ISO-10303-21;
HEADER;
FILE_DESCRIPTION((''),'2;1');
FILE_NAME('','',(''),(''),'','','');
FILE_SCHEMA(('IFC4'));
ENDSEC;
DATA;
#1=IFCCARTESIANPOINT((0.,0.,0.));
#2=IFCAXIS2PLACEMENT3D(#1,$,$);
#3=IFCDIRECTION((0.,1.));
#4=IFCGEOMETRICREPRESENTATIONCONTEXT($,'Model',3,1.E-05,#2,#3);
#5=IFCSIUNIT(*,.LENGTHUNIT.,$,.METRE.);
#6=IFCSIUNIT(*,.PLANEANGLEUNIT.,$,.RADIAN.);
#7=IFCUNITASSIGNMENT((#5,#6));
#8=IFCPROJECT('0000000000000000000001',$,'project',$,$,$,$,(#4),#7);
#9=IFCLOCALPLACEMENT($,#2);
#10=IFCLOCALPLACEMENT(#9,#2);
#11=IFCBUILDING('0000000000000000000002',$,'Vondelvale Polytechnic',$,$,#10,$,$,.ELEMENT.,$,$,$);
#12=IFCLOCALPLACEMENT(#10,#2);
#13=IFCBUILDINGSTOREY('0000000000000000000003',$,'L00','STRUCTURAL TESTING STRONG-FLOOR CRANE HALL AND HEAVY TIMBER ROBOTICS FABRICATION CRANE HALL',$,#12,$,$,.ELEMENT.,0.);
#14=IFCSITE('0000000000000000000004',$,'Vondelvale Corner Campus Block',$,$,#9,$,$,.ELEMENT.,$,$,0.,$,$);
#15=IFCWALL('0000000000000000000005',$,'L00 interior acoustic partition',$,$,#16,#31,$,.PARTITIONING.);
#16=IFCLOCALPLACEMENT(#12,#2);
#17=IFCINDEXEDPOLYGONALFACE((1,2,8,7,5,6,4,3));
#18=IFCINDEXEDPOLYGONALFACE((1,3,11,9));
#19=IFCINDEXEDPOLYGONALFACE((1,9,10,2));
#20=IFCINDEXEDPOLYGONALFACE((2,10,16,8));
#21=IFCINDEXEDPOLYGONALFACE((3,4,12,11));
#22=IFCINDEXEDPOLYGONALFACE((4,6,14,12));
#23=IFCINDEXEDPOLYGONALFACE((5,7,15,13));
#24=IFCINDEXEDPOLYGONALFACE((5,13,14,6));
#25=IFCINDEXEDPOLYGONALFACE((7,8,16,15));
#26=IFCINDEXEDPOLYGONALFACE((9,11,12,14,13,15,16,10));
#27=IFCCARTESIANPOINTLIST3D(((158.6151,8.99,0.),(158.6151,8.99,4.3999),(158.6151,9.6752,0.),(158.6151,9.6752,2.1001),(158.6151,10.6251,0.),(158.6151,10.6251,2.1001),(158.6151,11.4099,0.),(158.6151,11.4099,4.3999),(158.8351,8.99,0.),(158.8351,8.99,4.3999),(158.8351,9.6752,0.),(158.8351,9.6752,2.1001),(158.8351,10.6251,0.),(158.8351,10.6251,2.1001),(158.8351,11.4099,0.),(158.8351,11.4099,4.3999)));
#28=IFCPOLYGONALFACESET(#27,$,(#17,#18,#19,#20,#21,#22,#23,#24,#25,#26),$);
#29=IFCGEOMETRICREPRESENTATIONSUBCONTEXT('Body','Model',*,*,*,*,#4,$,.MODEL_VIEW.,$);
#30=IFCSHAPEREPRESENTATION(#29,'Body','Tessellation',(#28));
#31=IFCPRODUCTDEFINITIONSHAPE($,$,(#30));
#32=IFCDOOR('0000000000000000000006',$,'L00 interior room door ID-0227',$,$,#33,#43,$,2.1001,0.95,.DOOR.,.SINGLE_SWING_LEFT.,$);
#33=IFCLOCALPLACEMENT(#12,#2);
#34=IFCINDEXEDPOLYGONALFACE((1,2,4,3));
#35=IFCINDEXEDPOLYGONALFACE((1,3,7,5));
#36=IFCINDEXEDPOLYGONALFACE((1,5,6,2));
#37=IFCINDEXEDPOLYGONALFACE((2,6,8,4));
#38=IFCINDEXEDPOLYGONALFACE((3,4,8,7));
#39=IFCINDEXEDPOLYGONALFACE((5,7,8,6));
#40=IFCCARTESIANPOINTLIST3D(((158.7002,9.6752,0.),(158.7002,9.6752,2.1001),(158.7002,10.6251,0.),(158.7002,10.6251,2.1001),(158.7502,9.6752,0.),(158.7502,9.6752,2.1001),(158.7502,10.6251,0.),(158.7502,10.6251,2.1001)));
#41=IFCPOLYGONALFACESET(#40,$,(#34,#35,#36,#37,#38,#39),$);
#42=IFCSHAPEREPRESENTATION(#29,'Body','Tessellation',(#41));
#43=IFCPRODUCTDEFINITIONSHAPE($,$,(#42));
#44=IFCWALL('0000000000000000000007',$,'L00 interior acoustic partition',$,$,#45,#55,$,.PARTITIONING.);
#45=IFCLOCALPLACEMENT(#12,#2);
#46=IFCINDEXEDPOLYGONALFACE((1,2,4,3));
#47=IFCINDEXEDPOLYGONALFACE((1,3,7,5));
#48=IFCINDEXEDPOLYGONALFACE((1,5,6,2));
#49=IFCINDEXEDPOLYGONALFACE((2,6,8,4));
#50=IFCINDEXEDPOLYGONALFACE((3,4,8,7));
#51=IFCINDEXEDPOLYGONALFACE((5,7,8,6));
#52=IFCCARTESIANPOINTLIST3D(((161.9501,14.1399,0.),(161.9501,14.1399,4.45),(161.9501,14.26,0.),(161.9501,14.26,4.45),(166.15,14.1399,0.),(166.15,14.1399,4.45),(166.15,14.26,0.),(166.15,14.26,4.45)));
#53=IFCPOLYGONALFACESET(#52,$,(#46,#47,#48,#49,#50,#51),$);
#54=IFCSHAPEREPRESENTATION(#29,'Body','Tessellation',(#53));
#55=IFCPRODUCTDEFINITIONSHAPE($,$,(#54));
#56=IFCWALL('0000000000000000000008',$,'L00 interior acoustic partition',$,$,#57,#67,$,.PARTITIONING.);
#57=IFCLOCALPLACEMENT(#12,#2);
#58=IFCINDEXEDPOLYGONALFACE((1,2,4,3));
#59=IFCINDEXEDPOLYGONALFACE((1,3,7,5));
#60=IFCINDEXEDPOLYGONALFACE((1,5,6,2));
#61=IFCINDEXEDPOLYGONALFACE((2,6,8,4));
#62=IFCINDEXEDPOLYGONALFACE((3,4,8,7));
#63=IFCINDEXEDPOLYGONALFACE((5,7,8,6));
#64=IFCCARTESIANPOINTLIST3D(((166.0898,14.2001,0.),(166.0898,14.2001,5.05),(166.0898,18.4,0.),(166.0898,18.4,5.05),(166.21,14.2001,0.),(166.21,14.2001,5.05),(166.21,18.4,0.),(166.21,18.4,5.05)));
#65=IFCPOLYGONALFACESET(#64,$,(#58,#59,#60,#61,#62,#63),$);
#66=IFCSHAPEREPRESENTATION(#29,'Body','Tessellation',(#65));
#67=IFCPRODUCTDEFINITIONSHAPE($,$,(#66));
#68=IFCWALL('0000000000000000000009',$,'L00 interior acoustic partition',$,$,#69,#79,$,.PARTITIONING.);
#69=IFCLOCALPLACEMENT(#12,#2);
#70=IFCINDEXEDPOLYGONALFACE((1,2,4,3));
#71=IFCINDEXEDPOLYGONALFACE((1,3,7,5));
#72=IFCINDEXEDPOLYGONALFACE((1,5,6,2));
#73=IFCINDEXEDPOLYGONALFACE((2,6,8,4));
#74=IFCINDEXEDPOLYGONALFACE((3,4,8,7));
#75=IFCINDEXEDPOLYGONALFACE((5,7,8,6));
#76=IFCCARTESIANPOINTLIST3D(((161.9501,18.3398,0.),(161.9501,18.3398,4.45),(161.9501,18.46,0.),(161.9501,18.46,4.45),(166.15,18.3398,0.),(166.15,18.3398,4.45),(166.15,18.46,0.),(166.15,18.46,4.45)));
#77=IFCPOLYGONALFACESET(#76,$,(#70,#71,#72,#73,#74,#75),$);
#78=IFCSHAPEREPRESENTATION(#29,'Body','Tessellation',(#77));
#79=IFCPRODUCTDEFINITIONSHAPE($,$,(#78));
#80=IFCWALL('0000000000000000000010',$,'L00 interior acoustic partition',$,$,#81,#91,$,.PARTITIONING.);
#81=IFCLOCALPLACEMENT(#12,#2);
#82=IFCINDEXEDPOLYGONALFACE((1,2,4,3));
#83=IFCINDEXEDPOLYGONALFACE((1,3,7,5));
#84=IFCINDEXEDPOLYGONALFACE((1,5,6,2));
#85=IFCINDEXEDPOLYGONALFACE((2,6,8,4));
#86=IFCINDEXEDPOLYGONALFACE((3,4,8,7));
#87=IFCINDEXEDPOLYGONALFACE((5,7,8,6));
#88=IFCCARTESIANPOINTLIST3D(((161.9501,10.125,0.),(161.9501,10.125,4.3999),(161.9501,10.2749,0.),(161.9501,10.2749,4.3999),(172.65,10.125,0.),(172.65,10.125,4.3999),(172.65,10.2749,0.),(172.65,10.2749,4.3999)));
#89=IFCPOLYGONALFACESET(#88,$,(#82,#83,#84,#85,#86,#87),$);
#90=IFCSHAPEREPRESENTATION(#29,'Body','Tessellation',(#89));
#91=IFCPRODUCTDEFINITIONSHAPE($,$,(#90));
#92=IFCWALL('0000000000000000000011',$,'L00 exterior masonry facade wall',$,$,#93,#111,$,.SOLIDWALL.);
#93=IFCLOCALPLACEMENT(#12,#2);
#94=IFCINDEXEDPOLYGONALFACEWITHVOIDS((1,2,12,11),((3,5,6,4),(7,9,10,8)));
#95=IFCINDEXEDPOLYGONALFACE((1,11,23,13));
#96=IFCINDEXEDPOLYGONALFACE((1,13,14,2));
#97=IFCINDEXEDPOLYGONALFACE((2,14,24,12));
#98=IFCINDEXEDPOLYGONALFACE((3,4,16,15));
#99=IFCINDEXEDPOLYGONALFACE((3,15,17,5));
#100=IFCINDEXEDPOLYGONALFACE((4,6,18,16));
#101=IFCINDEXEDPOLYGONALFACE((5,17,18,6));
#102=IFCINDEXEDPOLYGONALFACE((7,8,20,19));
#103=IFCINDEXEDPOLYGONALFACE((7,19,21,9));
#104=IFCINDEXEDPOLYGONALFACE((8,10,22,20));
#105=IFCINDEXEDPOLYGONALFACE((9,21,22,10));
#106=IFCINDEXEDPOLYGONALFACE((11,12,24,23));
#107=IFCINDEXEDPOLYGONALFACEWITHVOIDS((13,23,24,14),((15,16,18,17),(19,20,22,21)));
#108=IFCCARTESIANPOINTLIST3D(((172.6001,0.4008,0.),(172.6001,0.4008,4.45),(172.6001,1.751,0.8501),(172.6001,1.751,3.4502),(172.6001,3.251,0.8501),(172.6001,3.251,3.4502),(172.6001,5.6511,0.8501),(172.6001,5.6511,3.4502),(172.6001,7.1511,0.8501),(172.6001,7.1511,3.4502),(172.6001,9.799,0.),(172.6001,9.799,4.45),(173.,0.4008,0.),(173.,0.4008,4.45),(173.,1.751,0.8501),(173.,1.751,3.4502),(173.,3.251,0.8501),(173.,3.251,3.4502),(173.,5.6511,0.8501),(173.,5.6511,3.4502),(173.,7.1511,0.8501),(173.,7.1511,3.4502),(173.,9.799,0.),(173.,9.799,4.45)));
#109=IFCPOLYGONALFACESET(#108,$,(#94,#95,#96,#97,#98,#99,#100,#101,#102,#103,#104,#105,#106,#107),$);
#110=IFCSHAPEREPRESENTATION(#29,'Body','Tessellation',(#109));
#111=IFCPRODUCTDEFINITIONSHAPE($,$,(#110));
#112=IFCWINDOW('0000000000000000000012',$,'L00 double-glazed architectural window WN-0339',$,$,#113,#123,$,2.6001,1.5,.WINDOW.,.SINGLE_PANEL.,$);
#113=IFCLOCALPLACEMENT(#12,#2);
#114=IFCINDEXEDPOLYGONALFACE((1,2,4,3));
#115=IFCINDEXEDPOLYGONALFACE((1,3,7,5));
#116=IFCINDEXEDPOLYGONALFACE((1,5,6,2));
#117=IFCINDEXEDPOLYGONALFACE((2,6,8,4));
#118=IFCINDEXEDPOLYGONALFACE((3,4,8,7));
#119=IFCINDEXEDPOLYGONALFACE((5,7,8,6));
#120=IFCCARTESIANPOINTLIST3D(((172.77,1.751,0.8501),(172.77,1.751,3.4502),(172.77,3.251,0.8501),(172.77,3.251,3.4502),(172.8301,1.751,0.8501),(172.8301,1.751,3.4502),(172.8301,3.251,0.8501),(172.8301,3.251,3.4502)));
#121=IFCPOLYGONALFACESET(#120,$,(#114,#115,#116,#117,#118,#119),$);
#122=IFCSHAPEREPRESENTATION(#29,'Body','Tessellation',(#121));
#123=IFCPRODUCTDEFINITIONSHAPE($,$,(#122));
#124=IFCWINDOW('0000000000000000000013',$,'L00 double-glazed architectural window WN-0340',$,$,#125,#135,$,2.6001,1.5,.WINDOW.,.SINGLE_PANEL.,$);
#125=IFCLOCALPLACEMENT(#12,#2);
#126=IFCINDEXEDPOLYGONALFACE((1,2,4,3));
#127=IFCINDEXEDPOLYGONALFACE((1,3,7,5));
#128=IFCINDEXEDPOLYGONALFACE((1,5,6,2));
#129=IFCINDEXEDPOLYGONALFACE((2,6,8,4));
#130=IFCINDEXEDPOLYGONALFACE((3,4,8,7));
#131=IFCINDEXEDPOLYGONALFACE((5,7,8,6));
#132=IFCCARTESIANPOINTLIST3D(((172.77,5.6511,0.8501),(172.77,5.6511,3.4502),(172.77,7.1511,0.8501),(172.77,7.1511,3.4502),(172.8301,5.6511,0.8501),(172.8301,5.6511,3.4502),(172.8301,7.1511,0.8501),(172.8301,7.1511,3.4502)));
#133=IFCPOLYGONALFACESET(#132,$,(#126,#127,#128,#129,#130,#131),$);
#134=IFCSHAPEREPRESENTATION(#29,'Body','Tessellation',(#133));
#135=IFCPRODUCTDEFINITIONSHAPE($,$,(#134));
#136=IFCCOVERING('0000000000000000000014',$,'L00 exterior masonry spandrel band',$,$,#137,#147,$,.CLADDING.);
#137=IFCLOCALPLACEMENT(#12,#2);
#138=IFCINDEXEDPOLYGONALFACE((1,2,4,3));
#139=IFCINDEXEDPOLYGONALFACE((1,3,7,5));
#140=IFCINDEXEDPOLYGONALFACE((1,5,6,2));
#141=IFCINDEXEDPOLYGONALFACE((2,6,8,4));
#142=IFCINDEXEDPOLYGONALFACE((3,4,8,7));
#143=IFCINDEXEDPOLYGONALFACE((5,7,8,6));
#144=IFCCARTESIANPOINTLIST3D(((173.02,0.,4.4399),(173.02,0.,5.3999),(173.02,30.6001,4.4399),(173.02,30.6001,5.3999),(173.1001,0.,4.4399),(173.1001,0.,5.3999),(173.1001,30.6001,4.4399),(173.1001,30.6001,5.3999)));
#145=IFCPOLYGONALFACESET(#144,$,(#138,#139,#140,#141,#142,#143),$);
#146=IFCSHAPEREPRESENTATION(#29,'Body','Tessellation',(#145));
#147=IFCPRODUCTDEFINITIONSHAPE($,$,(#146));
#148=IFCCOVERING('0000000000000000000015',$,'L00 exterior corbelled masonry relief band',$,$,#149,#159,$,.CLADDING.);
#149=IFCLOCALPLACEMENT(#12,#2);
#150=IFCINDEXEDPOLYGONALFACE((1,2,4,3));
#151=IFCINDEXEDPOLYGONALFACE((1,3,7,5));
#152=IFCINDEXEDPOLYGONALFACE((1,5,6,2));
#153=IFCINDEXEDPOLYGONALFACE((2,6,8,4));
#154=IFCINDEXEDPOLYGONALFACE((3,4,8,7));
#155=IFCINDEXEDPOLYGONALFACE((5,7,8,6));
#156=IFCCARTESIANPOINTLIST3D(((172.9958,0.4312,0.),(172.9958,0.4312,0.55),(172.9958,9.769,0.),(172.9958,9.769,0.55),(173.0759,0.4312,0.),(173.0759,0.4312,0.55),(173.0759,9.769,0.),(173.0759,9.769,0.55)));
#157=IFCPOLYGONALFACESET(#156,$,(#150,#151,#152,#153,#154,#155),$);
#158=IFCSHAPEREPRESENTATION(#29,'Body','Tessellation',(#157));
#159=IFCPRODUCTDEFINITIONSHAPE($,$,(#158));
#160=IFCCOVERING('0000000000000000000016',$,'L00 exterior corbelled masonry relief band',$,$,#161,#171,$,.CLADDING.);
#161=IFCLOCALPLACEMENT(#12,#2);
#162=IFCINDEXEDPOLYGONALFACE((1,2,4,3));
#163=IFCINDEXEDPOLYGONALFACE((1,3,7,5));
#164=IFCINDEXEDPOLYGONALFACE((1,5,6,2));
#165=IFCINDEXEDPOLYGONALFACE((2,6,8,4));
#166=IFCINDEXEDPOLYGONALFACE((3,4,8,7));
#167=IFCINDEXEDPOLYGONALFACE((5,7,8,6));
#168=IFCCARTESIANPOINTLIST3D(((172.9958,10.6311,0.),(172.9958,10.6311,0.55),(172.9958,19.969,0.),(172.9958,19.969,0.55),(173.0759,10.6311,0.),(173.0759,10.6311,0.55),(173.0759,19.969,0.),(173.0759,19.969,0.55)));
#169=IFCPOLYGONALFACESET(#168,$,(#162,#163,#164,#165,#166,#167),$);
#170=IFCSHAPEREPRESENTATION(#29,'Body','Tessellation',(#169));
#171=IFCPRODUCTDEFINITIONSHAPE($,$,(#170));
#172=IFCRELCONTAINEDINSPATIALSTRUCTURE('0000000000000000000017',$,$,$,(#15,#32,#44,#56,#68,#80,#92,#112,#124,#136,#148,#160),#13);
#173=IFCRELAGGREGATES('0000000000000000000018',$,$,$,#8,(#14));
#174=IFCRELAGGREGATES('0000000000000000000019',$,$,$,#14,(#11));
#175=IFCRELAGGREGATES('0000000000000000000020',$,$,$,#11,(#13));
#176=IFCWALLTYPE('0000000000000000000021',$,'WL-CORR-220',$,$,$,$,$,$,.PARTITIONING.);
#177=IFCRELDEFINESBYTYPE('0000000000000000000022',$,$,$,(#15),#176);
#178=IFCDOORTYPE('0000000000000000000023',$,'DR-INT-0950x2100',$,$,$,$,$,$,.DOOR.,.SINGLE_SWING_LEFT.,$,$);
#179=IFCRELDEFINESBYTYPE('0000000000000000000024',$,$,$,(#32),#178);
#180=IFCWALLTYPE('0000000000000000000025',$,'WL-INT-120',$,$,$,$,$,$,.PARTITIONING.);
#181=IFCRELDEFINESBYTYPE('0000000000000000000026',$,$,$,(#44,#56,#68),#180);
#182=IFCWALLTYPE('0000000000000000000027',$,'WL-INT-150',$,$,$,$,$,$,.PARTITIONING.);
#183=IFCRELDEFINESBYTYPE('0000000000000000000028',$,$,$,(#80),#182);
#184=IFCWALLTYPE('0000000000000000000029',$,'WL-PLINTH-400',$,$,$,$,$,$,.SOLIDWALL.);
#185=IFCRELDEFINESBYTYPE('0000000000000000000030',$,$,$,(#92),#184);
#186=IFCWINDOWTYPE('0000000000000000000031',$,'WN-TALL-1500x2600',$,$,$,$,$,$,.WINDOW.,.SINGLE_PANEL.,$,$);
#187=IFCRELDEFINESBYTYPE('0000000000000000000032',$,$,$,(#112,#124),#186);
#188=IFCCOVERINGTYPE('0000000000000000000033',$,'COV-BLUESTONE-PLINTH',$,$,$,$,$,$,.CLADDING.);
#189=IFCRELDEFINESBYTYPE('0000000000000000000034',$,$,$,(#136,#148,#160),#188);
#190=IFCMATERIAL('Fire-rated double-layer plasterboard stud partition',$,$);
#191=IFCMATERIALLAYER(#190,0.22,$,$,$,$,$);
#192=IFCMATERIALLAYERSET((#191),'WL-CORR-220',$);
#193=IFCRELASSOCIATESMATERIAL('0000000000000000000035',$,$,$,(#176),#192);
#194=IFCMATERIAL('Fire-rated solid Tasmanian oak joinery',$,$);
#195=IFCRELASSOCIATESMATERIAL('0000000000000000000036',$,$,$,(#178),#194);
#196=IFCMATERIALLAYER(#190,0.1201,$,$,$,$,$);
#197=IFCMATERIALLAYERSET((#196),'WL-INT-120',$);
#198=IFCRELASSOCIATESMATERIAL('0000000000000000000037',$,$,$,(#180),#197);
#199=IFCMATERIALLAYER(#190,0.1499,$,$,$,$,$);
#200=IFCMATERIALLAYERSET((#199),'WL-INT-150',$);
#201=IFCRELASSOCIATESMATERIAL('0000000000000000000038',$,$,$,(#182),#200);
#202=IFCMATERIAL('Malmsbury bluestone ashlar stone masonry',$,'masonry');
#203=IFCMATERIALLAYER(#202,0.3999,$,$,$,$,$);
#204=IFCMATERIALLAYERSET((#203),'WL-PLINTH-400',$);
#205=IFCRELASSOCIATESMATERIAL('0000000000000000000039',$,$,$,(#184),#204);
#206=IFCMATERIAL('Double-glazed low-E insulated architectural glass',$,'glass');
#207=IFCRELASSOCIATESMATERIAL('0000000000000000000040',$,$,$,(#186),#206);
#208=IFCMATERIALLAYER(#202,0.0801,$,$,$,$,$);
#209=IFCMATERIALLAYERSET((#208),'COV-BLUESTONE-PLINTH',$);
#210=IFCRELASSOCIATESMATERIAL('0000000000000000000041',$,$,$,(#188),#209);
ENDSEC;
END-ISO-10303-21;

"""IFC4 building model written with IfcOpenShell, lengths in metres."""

from ifc_helpers import new_model, si_unit, direction, frame, frame_2d, origin, origin_2d, place, context, subcontext, project, spatial, rectangle, extrude, material, layer, layer_set, type_object, element, fill, save


model = new_model("IFC4")

# Units and contexts
model_context = context("Model", 3, precision=1e-05, world=origin(), true_north=direction((0.0, 1.0)))
body_context = subcontext(model_context, "Body", "Model", "MODEL_VIEW")
ifc_project = project(units=[si_unit("LENGTHUNIT", "METRE"), si_unit("PLANEANGLEUNIT", "RADIAN")], contexts=[model_context])

# Site, building, storey
site_placement = place(None, origin())
site = spatial("IfcSite", under=ifc_project, at=site_placement, Name="Vondelvale Corner Campus Block", CompositionType="ELEMENT", RefElevation=0.0)
building_placement = place(site_placement, origin())
building = spatial("IfcBuilding", under=site, at=building_placement, Name="Vondelvale Polytechnic", CompositionType="ELEMENT")
storey_placement = place(building_placement, origin())
storey = spatial("IfcBuildingStorey", under=building, at=storey_placement, Name="L00", Description="STRUCTURAL TESTING STRONG-FLOOR CRANE HALL AND HEAVY TIMBER ROBOTICS FABRICATION CRANE HALL", CompositionType="ELEMENT", Elevation=0.0)

# Wall, opening, door
ifc_material_1 = material(Name="Fire-rated double-layer plasterboard stud partition")
ifc_layer_1 = layer(ifc_material_1, 0.22)
ifc_layer_set_1 = layer_set([ifc_layer_1], Name="WL-CORR-220")
wall_type_1 = type_object("IfcWallType", Name="WL-CORR-220", PredefinedType="PARTITIONING", material=ifc_layer_set_1)
wall_1_placement = place(storey_placement, frame((158.7251, 8.99, 0.0), z_axis=(0.0, 0.0, 1.0), x_axis=(0.0, 1.0, 0.0)))
wall_1 = element("IfcWall", 1, at=wall_1_placement, inside=storey, type_object=wall_type_1, Name="L00 interior acoustic partition", PredefinedType="PARTITIONING", context=body_context, shape_type="SweptSolid", body=[
    extrude(rectangle(XDim=2.4199, YDim=0.22, at=frame_2d((1.21, 0.0))), origin(), (0.0, 0.0, 1.0), 4.3999),
])
opening_1_placement = place(wall_1_placement, frame((0.6851, 0.0, 0.0)))
opening_1 = element("IfcOpeningElement", 2, at=opening_1_placement, cuts=wall_1, PredefinedType="OPENING", context=body_context, shape_type="SweptSolid", body=[
    extrude(rectangle(XDim=0.95, YDim=2.1001, at=frame_2d((0.4751, 1.05))), frame((0.0, 0.1199, 0.0), z_axis=(0.0, -1.0, 0.0), x_axis=(1.0, 0.0, 0.0)), (0.0, 0.0, 1.0), 0.24),
])
ifc_material_2 = material(Name="Fire-rated solid Tasmanian oak joinery")
door_type_1 = type_object("IfcDoorType", Name="DR-INT-0950x2100", OperationType="SINGLE_SWING_LEFT", PredefinedType="DOOR", material=ifc_material_2)
door_1_placement = place(opening_1_placement, origin())
door_1 = element("IfcDoor", 3, at=door_1_placement, inside=storey, type_object=door_type_1, Name="L00 interior room door ID-0227", OperationType="SINGLE_SWING_LEFT", OverallHeight=2.1001, OverallWidth=0.95, PredefinedType="DOOR", context=body_context, shape_type="SweptSolid", body=[
    extrude(rectangle(XDim=0.95, YDim=2.1001, at=frame_2d((0.4751, 1.05))), frame((0.0, 0.0249, 0.0), z_axis=(0.0, -1.0, 0.0), x_axis=(1.0, 0.0, 0.0)), (0.0, 0.0, 1.0), 0.05),
])
fill(opening_1, door_1)

# Walls
ifc_layer_2 = layer(ifc_material_1, 0.1201)
ifc_layer_set_2 = layer_set([ifc_layer_2], Name="WL-INT-120")
wall_type_2 = type_object("IfcWallType", Name="WL-INT-120", PredefinedType="PARTITIONING", material=ifc_layer_set_2)
wall_2_placement = place(storey_placement, frame((161.95, 14.2, 0.0), z_axis=(0.0, 0.0, 1.0), x_axis=(1.0, 0.0, 0.0)))
element("IfcWall", 4, at=wall_2_placement, inside=storey, type_object=wall_type_2, Name="L00 interior acoustic partition", PredefinedType="PARTITIONING", context=body_context, shape_type="SweptSolid", body=[
    extrude(rectangle(XDim=4.2, YDim=0.1201, at=frame_2d((2.1001, 0.0))), origin(), (0.0, 0.0, 1.0), 4.45),
])
wall_3_placement = place(storey_placement, frame((166.1499, 14.2, 0.0), z_axis=(0.0, 0.0, 1.0), x_axis=(0.0, 1.0, 0.0)))
element("IfcWall", 5, at=wall_3_placement, inside=storey, type_object=wall_type_2, Name="L00 interior acoustic partition", PredefinedType="PARTITIONING", context=body_context, shape_type="SweptSolid", body=[
    extrude(rectangle(XDim=4.2, YDim=0.1201, at=frame_2d((2.1001, 0.0))), origin(), (0.0, 0.0, 1.0), 5.05),
])
wall_4_placement = place(storey_placement, frame((161.95, 18.3999, 0.0), z_axis=(0.0, 0.0, 1.0), x_axis=(1.0, 0.0, 0.0)))
element("IfcWall", 6, at=wall_4_placement, inside=storey, type_object=wall_type_2, Name="L00 interior acoustic partition", PredefinedType="PARTITIONING", context=body_context, shape_type="SweptSolid", body=[
    extrude(rectangle(XDim=4.2, YDim=0.1201, at=frame_2d((2.1001, 0.0))), origin(), (0.0, 0.0, 1.0), 4.45),
])
ifc_layer_3 = layer(ifc_material_1, 0.1499)
ifc_layer_set_3 = layer_set([ifc_layer_3], Name="WL-INT-150")
wall_type_3 = type_object("IfcWallType", Name="WL-INT-150", PredefinedType="PARTITIONING", material=ifc_layer_set_3)
wall_5_placement = place(storey_placement, frame((161.95, 10.2, 0.0), z_axis=(0.0, 0.0, 1.0), x_axis=(1.0, 0.0, 0.0)))
element("IfcWall", 7, at=wall_5_placement, inside=storey, type_object=wall_type_3, Name="L00 interior acoustic partition", PredefinedType="PARTITIONING", context=body_context, shape_type="SweptSolid", body=[
    extrude(rectangle(XDim=10.7, YDim=0.1499, at=frame_2d((5.3501, 0.0))), origin(), (0.0, 0.0, 1.0), 4.3999),
])

# Wall, openings, windows
ifc_material_3 = material(Name="Malmsbury bluestone ashlar stone masonry", Category="masonry")
ifc_layer_4 = layer(ifc_material_3, 0.3999)
ifc_layer_set_4 = layer_set([ifc_layer_4], Name="WL-PLINTH-400")
wall_type_4 = type_object("IfcWallType", Name="WL-PLINTH-400", PredefinedType="SOLIDWALL", material=ifc_layer_set_4)
wall_6_placement = place(storey_placement, frame((172.8, 9.7991, 0.0), z_axis=(0.0, 0.0, 1.0), x_axis=(0.0, -1.0, 0.0)))
wall_6 = element("IfcWall", 8, at=wall_6_placement, inside=storey, type_object=wall_type_4, Name="L00 exterior masonry facade wall", PredefinedType="SOLIDWALL", context=body_context, shape_type="SweptSolid", body=[
    extrude(rectangle(XDim=9.3982, YDim=0.3999, at=frame_2d((4.6992, 0.0))), origin(), (0.0, 0.0, 1.0), 4.45),
])
opening_2_placement = place(wall_6_placement, frame((6.5481, 0.0, 0.8501)))
opening_2 = element("IfcOpeningElement", 9, at=opening_2_placement, cuts=wall_6, PredefinedType="OPENING", context=body_context, shape_type="SweptSolid", body=[
    extrude(rectangle(XDim=1.5, YDim=2.6001, at=frame_2d((0.75, 1.3))), frame((0.0, 0.21, 0.0), z_axis=(0.0, -1.0, 0.0), x_axis=(1.0, 0.0, 0.0)), (0.0, 0.0, 1.0), 0.4199),
])
opening_3_placement = place(wall_6_placement, frame((2.6479, 0.0, 0.8501)))
opening_3 = element("IfcOpeningElement", 10, at=opening_3_placement, cuts=wall_6, PredefinedType="OPENING", context=body_context, shape_type="SweptSolid", body=[
    extrude(rectangle(XDim=1.5, YDim=2.6001, at=frame_2d((0.75, 1.3))), frame((0.0, 0.21, 0.0), z_axis=(0.0, -1.0, 0.0), x_axis=(1.0, 0.0, 0.0)), (0.0, 0.0, 1.0), 0.4199),
])
ifc_material_4 = material(Name="Double-glazed low-E insulated architectural glass", Category="glass")
window_type = type_object("IfcWindowType", Name="WN-TALL-1500x2600", PartitioningType="SINGLE_PANEL", PredefinedType="WINDOW", material=ifc_material_4)
window_1_placement = place(opening_2_placement, origin())
window_1 = element("IfcWindow", 11, at=window_1_placement, inside=storey, type_object=window_type, Name="L00 double-glazed architectural window WN-0339", OverallHeight=2.6001, OverallWidth=1.5, PartitioningType="SINGLE_PANEL", PredefinedType="WINDOW", context=body_context, shape_type="SweptSolid", body=[
    extrude(rectangle(XDim=1.5, YDim=2.6001, at=frame_2d((0.75, 1.3))), frame((0.0, 0.03, 0.0), z_axis=(0.0, -1.0, 0.0), x_axis=(1.0, 0.0, 0.0)), (0.0, 0.0, 1.0), 0.0601),
])
fill(opening_2, window_1)
window_2_placement = place(opening_3_placement, origin())
window_2 = element("IfcWindow", 12, at=window_2_placement, inside=storey, type_object=window_type, Name="L00 double-glazed architectural window WN-0340", OverallHeight=2.6001, OverallWidth=1.5, PartitioningType="SINGLE_PANEL", PredefinedType="WINDOW", context=body_context, shape_type="SweptSolid", body=[
    extrude(rectangle(XDim=1.5, YDim=2.6001, at=frame_2d((0.75, 1.3))), frame((0.0, 0.03, 0.0), z_axis=(0.0, -1.0, 0.0), x_axis=(1.0, 0.0, 0.0)), (0.0, 0.0, 1.0), 0.0601),
])
fill(opening_3, window_2)

# Coverings
ifc_layer_5 = layer(ifc_material_3, 0.0801)
ifc_layer_set_5 = layer_set([ifc_layer_5], Name="COV-BLUESTONE-PLINTH")
covering_type = type_object("IfcCoveringType", Name="COV-BLUESTONE-PLINTH", PredefinedType="CLADDING", material=ifc_layer_set_5)
covering_placement = place(storey_placement, frame((173.0601, 15.3, 4.4399), z_axis=(0.0, 0.0, 1.0), x_axis=(0.0, 1.0, 0.0)))
element("IfcCovering", 13, at=covering_placement, inside=storey, type_object=covering_type, Name="L00 exterior masonry spandrel band", PredefinedType="CLADDING", context=body_context, shape_type="SweptSolid", body=[
    extrude(rectangle(XDim=30.6001, YDim=0.0801, at=origin_2d()), origin(), (0.0, 0.0, 1.0), 0.96),
])
for number, where, z_axis, x_axis, name in (
    (14, (173.0359, 5.1001, 0.0), (0.0, 0.0, 1.0), (0.0, -1.0, 0.0), "L00 exterior corbelled masonry relief band"),
    (15, (173.0359, 15.3, 0.0), (0.0, 0.0, 1.0), (0.0, -1.0, 0.0), "L00 exterior corbelled masonry relief band"),
):
    element("IfcCovering", number, at=place(storey_placement, frame(where, z_axis=z_axis, x_axis=x_axis)), inside=storey, type_object=covering_type, Name=name, PredefinedType="CLADDING", context=body_context, shape_type="SweptSolid", body=[
        extrude(rectangle(XDim=9.3379, YDim=0.0801, at=origin_2d()), origin(), (0.0, 0.0, 1.0), 0.55),
    ])

save(model, "model.ifc")
